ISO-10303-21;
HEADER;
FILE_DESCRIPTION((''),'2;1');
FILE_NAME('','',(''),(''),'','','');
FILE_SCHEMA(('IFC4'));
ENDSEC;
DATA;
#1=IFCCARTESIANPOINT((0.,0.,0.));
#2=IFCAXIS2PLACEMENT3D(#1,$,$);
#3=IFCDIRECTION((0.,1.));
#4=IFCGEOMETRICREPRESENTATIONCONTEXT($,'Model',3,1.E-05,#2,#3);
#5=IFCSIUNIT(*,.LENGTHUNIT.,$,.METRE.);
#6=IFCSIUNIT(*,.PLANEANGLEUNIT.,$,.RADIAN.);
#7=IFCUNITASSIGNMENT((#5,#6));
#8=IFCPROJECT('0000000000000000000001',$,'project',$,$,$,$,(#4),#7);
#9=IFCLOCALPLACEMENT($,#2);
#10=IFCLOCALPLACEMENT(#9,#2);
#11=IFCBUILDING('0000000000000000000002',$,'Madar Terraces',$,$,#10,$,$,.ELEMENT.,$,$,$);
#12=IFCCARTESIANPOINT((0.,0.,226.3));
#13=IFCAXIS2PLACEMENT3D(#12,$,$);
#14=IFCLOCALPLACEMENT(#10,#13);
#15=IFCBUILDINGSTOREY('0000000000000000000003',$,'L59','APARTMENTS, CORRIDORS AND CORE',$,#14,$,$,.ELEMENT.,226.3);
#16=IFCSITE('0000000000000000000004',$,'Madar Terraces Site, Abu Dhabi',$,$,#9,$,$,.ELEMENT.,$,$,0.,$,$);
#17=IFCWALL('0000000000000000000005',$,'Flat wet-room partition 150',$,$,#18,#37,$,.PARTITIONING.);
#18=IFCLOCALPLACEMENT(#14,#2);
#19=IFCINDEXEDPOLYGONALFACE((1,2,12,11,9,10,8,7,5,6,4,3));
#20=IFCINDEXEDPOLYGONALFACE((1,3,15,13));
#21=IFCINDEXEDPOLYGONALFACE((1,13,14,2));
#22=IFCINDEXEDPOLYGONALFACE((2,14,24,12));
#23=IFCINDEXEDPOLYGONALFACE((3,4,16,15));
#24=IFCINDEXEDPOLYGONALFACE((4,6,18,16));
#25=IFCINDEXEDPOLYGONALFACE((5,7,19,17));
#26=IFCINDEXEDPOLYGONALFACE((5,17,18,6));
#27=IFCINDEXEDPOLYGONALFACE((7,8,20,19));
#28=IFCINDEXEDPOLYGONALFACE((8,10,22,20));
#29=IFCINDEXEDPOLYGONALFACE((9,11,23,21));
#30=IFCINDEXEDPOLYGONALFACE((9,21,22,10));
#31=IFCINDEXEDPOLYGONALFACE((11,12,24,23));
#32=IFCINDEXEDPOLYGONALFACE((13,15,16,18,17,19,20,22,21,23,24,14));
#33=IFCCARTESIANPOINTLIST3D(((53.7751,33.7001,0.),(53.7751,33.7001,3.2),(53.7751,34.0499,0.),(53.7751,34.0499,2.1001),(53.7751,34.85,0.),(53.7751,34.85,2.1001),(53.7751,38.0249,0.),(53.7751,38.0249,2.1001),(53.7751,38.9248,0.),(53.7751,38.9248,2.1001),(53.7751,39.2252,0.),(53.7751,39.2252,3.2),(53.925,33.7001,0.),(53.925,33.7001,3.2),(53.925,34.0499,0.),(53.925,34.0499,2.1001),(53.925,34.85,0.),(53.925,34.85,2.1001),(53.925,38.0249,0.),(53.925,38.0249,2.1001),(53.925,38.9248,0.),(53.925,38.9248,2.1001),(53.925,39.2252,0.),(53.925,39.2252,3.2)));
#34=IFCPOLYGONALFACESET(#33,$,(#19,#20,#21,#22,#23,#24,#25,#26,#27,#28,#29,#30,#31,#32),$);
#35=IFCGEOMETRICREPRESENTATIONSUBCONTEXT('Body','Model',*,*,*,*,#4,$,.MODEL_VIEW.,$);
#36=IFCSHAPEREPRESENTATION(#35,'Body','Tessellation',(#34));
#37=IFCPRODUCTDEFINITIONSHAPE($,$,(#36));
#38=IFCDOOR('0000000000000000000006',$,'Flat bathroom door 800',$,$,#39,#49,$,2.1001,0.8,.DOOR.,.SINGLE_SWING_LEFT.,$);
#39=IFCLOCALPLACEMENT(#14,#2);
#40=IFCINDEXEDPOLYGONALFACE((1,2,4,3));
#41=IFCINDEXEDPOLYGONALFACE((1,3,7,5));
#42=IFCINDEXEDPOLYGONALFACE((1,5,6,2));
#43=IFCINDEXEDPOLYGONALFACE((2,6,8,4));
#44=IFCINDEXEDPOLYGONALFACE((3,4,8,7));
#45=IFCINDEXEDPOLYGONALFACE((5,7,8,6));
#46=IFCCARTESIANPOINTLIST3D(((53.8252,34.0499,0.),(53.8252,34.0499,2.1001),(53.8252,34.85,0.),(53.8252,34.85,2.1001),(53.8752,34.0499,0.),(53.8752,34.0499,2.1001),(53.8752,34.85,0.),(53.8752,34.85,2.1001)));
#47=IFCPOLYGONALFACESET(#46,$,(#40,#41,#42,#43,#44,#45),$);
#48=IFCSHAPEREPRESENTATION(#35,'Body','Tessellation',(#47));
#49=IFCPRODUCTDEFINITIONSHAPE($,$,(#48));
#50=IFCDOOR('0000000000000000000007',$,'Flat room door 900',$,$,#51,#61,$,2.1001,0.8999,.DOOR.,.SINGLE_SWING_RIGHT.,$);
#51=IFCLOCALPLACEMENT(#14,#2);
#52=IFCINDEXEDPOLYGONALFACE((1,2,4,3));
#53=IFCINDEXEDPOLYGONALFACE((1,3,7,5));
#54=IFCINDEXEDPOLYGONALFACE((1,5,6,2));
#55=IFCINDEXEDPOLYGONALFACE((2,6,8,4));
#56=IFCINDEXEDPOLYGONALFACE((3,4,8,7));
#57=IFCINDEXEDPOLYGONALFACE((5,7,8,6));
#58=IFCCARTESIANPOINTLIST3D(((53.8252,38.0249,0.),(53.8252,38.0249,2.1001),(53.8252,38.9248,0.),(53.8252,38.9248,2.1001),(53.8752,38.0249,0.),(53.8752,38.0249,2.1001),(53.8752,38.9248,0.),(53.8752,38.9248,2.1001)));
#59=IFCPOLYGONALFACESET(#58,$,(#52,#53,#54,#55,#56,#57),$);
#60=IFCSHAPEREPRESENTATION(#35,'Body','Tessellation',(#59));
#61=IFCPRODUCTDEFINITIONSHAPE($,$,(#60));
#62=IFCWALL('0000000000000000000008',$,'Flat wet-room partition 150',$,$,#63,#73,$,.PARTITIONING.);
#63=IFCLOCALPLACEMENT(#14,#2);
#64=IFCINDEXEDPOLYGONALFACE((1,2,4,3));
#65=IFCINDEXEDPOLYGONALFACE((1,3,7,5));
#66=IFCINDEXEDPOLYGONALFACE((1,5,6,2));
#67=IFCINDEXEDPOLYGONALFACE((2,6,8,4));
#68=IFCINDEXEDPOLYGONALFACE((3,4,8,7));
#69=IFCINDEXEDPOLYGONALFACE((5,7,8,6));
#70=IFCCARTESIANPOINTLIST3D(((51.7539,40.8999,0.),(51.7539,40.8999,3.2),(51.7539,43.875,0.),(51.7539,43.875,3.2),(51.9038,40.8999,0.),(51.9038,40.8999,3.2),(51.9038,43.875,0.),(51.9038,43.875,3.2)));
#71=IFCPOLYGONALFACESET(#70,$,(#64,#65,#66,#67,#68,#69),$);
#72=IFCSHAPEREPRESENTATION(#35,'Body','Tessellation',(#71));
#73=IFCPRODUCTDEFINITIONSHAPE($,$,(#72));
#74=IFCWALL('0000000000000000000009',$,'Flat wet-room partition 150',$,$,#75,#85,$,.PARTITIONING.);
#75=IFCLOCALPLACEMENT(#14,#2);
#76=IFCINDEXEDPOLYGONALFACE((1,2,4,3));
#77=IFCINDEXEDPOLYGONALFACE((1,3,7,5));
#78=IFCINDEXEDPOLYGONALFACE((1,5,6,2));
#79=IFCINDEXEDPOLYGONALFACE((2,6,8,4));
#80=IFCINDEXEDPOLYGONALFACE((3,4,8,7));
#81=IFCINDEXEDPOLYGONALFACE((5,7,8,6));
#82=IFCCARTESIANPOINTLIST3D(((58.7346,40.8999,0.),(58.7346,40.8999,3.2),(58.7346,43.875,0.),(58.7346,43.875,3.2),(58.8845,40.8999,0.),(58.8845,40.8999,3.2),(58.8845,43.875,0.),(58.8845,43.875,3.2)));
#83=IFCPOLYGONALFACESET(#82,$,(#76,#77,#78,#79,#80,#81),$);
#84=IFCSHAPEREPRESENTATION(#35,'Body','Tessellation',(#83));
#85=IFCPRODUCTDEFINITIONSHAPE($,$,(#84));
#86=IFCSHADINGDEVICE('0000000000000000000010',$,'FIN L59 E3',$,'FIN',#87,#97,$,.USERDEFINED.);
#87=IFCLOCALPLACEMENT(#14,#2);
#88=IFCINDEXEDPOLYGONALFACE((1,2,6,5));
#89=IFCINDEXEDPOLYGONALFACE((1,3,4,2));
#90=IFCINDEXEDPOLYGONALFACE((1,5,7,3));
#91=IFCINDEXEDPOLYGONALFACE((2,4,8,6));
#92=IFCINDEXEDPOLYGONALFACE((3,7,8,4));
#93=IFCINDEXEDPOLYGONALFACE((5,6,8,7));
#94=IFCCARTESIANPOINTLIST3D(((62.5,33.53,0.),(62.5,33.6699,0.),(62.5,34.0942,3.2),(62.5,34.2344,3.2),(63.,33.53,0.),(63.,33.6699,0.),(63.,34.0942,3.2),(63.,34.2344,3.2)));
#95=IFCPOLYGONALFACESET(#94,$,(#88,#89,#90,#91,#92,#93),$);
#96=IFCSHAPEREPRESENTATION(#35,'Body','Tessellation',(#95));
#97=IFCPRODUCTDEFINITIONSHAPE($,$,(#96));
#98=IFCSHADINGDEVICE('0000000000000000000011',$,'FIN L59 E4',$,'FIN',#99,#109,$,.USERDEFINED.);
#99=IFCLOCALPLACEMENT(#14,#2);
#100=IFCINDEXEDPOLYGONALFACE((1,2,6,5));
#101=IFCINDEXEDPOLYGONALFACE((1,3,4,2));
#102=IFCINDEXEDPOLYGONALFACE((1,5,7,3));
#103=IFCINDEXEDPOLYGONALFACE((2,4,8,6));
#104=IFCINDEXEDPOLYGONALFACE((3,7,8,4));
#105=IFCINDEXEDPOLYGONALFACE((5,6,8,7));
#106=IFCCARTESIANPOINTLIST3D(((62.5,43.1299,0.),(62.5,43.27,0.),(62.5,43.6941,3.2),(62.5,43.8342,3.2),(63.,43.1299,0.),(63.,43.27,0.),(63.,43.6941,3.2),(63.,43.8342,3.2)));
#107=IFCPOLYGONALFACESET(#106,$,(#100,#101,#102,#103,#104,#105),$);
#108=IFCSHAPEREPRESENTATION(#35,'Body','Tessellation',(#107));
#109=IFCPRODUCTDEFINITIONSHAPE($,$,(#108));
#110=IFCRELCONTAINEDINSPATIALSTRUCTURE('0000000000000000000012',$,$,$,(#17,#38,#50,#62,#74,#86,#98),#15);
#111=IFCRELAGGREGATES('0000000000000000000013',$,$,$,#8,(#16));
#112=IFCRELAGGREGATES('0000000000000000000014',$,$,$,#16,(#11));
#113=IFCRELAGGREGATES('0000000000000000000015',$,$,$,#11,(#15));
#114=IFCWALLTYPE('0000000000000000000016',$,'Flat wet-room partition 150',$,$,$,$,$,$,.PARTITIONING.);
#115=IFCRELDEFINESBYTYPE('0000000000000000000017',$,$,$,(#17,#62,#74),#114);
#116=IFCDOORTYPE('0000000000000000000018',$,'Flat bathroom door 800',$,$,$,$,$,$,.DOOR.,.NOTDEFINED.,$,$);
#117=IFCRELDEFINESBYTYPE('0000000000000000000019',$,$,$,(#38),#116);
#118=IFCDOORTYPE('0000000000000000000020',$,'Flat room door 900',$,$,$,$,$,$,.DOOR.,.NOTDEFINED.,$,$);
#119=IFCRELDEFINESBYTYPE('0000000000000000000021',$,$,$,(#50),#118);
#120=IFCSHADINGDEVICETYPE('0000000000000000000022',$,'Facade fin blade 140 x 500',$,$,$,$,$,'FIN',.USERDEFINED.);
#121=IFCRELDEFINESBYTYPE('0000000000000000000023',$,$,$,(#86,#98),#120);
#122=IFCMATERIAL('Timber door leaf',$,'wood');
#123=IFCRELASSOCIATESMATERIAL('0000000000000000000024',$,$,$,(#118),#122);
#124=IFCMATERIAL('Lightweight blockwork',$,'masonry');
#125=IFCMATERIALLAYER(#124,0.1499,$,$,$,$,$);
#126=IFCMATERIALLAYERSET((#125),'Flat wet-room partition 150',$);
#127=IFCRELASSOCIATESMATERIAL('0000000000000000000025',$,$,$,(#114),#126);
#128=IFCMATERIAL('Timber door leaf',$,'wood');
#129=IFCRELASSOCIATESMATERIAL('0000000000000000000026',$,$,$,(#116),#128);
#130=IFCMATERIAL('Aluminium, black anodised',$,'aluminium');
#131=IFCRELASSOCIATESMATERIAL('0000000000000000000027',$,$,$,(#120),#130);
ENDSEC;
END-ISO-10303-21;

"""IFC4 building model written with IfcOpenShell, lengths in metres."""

from ifc_helpers import new_model, si_unit, direction, frame, frame_2d, origin, place, context, subcontext, project, spatial, polyline, rectangle, outline, extrude, material, layer, layer_set, type_object, element, fill, save


model = new_model("IFC4")

# Units and contexts
model_context = context("Model", 3, precision=1e-05, world=origin(), true_north=direction((0.0, 1.0)))
body_context = subcontext(model_context, "Body", "Model", "MODEL_VIEW")
ifc_project = project(units=[si_unit("LENGTHUNIT", "METRE"), si_unit("PLANEANGLEUNIT", "RADIAN")], contexts=[model_context])

# Site, building, storey
site_placement = place(None, origin())
site = spatial("IfcSite", under=ifc_project, at=site_placement, Name="Madar Terraces Site, Abu Dhabi", CompositionType="ELEMENT", RefElevation=0.0)
building_placement = place(site_placement, origin())
building = spatial("IfcBuilding", under=site, at=building_placement, Name="Madar Terraces", CompositionType="ELEMENT")
storey_placement = place(building_placement, frame((0.0, 0.0, 226.3)))
storey = spatial("IfcBuildingStorey", under=building, at=storey_placement, Name="L59", Description="APARTMENTS, CORRIDORS AND CORE", CompositionType="ELEMENT", Elevation=226.3)

# Shared definitions
ifc_material_1 = material(Name="Timber door leaf", Category="wood")
door_type_1 = type_object("IfcDoorType", Name="Flat room door 900", OperationType="NOTDEFINED", PredefinedType="DOOR", material=ifc_material_1)

# Shared definitions
ifc_material_2 = material(Name="Lightweight blockwork", Category="masonry")
ifc_layer_1 = layer(ifc_material_2, 0.1499)
ifc_layer_set_1 = layer_set([ifc_layer_1], Name="Flat wet-room partition 150")
wall_type_1 = type_object("IfcWallType", Name="Flat wet-room partition 150", PredefinedType="PARTITIONING", material=ifc_layer_set_1)

# Wall, openings, doors
wall_1_placement = place(storey_placement, frame((53.8501, 33.7, 0.0), z_axis=(0.0, 0.0, 1.0), x_axis=(0.0, 1.0, 0.0)))
wall_1 = element("IfcWall", 1, at=wall_1_placement, inside=storey, type_object=wall_type_1, Name="Flat wet-room partition 150", PredefinedType="PARTITIONING", context=body_context, shape_type="SweptSolid", body=[
    extrude(rectangle(XDim=5.5251, YDim=0.1499, at=frame_2d((2.7627, 0.0))), origin(), (0.0, 0.0, 1.0), 3.2),
])
opening_1_placement = place(wall_1_placement, frame((4.325, 0.0, 0.0)))
opening_1 = element("IfcOpeningElement", 2, at=opening_1_placement, cuts=wall_1, PredefinedType="OPENING", context=body_context, shape_type="SweptSolid", body=[
    extrude(rectangle(XDim=0.8999, YDim=2.1001, at=frame_2d((0.45, 1.05))), frame((0.0, 0.085, 0.0), z_axis=(0.0, -1.0, 0.0), x_axis=(1.0, 0.0, 0.0)), (0.0, 0.0, 1.0), 0.1699),
])
opening_2_placement = place(wall_1_placement, frame((0.3501, 0.0, 0.0)))
opening_2 = element("IfcOpeningElement", 3, at=opening_2_placement, cuts=wall_1, PredefinedType="OPENING", context=body_context, shape_type="SweptSolid", body=[
    extrude(rectangle(XDim=0.8, YDim=2.1001, at=frame_2d((0.3999, 1.05))), frame((0.0, 0.085, 0.0), z_axis=(0.0, -1.0, 0.0), x_axis=(1.0, 0.0, 0.0)), (0.0, 0.0, 1.0), 0.1699),
])
ifc_material_3 = material(Name="Timber door leaf", Category="wood")
door_type_2 = type_object("IfcDoorType", Name="Flat bathroom door 800", OperationType="NOTDEFINED", PredefinedType="DOOR", material=ifc_material_3)
door_1_placement = place(opening_2_placement, origin())
door_1 = element("IfcDoor", 4, at=door_1_placement, inside=storey, type_object=door_type_2, Name="Flat bathroom door 800", OperationType="SINGLE_SWING_LEFT", OverallHeight=2.1001, OverallWidth=0.8, PredefinedType="DOOR", context=body_context, shape_type="SweptSolid", body=[
    extrude(rectangle(XDim=0.8, YDim=2.1001, at=frame_2d((0.3999, 1.05))), frame((0.0, 0.0249, 0.0), z_axis=(0.0, -1.0, 0.0), x_axis=(1.0, 0.0, 0.0)), (0.0, 0.0, 1.0), 0.05),
])
fill(opening_2, door_1)
door_2_placement = place(opening_1_placement, origin())
door_2 = element("IfcDoor", 5, at=door_2_placement, inside=storey, type_object=door_type_1, Name="Flat room door 900", OperationType="SINGLE_SWING_RIGHT", OverallHeight=2.1001, OverallWidth=0.8999, PredefinedType="DOOR", context=body_context, shape_type="SweptSolid", body=[
    extrude(rectangle(XDim=0.8999, YDim=2.1001, at=frame_2d((0.45, 1.05))), frame((0.0, 0.0249, 0.0), z_axis=(0.0, -1.0, 0.0), x_axis=(1.0, 0.0, 0.0)), (0.0, 0.0, 1.0), 0.05),
])
fill(opening_1, door_2)

# Walls
for number, where, z_axis, x_axis, name in (
    (6, (51.8289, 40.8999, 0.0), (0.0, 0.0, 1.0), (0.0, 1.0, 0.0), "Flat wet-room partition 150"),
    (7, (58.8096, 40.8999, 0.0), (0.0, 0.0, 1.0), (0.0, 1.0, 0.0), "Flat wet-room partition 150"),
):
    element("IfcWall", number, at=place(storey_placement, frame(where, z_axis=z_axis, x_axis=x_axis)), inside=storey, type_object=wall_type_1, Name=name, PredefinedType="PARTITIONING", context=body_context, shape_type="SweptSolid", body=[
        extrude(rectangle(XDim=2.9751, YDim=0.1499, at=frame_2d((1.4875, 0.0))), origin(), (0.0, 0.0, 1.0), 3.2),
    ])

# Shading devices
ifc_material_4 = material(Name="Aluminium, black anodised", Category="aluminium")
shading_device_type = type_object("IfcShadingDeviceType", Name="Facade fin blade 140 x 500", ElementType="FIN", PredefinedType="USERDEFINED", material=ifc_material_4)
shading_device_1_placement = place(storey_placement, frame((62.75, 33.53, 0.0), z_axis=(0.0, 0.0, 1.0), x_axis=(0.0, 1.0, 0.0)))
element("IfcShadingDevice", 8, at=shading_device_1_placement, inside=storey, type_object=shading_device_type, Name="FIN L59 E3", ObjectType="FIN", PredefinedType="USERDEFINED", context=body_context, shape_type="SweptSolid", body=[
    extrude(outline(polyline([(0.0, 0.0), (0.1399, 0.0), (0.7043, 3.2), (0.5642, 3.2), (0.0, 0.0)])), frame((0.0, 0.25, 0.0), z_axis=(0.0, -1.0, 0.0), x_axis=(1.0, 0.0, 0.0)), (0.0, 0.0, 1.0), 0.5),
])
shading_device_2_placement = place(storey_placement, frame((62.75, 43.1299, 0.0), z_axis=(0.0, 0.0, 1.0), x_axis=(0.0, 1.0, 0.0)))
element("IfcShadingDevice", 9, at=shading_device_2_placement, inside=storey, type_object=shading_device_type, Name="FIN L59 E4", ObjectType="FIN", PredefinedType="USERDEFINED", context=body_context, shape_type="SweptSolid", body=[
    extrude(outline(polyline([(0.0, 0.0), (0.1401, 0.0), (0.7043, 3.2), (0.5642, 3.2), (0.0, 0.0)])), frame((0.0, 0.25, 0.0), z_axis=(0.0, -1.0, 0.0), x_axis=(1.0, 0.0, 0.0)), (0.0, 0.0, 1.0), 0.5),
])

save(model, "model.ifc")
